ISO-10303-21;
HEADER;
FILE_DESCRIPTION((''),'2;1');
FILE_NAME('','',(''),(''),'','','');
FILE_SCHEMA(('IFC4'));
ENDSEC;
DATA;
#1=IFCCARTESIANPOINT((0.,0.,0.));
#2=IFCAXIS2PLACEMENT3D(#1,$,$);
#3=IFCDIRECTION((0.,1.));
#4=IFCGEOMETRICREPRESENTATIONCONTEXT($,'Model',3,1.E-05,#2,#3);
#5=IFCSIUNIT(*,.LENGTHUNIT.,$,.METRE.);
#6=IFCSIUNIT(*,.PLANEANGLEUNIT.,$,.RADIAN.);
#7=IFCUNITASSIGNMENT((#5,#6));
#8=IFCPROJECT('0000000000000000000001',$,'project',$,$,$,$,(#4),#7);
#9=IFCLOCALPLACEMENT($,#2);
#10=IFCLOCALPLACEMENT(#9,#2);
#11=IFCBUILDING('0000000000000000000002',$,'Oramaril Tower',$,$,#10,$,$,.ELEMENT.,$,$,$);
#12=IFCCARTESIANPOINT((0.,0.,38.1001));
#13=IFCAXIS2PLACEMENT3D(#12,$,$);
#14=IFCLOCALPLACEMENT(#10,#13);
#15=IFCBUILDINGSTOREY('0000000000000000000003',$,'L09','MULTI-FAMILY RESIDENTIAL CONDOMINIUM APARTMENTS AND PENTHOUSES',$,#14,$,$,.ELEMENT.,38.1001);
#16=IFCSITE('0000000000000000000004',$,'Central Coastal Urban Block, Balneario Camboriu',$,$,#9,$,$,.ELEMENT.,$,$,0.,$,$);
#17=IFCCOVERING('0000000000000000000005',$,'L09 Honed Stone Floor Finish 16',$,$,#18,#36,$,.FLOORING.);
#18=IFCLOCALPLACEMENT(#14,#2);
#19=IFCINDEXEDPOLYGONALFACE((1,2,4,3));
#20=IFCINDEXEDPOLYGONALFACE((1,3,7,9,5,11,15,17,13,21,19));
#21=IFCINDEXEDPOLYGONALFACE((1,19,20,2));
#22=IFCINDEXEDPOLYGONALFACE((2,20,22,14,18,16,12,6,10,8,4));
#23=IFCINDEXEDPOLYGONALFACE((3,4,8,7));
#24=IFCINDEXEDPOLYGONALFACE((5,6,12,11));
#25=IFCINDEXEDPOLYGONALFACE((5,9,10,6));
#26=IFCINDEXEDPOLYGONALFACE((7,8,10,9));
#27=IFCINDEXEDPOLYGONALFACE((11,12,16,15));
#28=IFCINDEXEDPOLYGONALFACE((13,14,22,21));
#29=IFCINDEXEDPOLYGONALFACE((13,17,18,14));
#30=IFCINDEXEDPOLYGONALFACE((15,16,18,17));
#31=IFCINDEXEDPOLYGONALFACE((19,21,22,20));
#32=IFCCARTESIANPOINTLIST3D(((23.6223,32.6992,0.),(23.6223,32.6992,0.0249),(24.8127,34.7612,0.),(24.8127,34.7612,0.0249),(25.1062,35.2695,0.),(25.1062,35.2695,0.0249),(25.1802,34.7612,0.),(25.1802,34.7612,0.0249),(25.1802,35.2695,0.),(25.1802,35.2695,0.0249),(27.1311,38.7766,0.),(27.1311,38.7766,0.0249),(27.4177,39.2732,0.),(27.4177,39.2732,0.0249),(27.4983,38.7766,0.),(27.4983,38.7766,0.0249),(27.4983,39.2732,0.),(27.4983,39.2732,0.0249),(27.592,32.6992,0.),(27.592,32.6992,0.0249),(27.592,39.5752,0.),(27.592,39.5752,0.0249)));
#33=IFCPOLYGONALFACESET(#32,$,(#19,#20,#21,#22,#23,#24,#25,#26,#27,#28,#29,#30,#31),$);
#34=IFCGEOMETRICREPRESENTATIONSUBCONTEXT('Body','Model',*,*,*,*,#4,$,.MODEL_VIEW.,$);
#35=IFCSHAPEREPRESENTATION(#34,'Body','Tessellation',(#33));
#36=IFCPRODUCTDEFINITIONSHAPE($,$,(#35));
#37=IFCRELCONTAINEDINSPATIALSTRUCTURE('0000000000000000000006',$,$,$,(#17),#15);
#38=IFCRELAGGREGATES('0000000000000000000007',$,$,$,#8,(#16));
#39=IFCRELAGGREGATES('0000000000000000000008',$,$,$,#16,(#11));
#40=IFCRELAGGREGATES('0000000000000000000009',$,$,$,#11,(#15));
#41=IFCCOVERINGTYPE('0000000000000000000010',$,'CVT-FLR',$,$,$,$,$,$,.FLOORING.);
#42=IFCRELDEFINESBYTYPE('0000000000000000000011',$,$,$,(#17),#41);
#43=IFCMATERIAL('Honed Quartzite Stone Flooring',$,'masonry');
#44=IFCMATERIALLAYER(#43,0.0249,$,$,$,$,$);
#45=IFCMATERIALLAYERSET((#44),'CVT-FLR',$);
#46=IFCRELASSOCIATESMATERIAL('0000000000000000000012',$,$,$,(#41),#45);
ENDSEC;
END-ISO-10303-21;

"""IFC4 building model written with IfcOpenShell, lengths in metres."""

from ifc_helpers import new_model, si_unit, direction, frame, origin, place, context, subcontext, project, spatial, polyline, outline, extrude, material, layer, layer_set, type_object, element, save


model = new_model("IFC4")

# Units and contexts
model_context = context("Model", 3, precision=1e-05, world=origin(), true_north=direction((0.0, 1.0)))
body_context = subcontext(model_context, "Body", "Model", "MODEL_VIEW")
ifc_project = project(units=[si_unit("LENGTHUNIT", "METRE"), si_unit("PLANEANGLEUNIT", "RADIAN")], contexts=[model_context])

# Site, building, storey
site_placement = place(None, origin())
site = spatial("IfcSite", under=ifc_project, at=site_placement, Name="Central Coastal Urban Block, Balneario Camboriu", CompositionType="ELEMENT", RefElevation=0.0)
building_placement = place(site_placement, origin())
building = spatial("IfcBuilding", under=site, at=building_placement, Name="Oramaril Tower", CompositionType="ELEMENT")
storey_placement = place(building_placement, frame((0.0, 0.0, 38.1001)))
storey = spatial("IfcBuildingStorey", under=building, at=storey_placement, Name="L09", Description="MULTI-FAMILY RESIDENTIAL CONDOMINIUM APARTMENTS AND PENTHOUSES", CompositionType="ELEMENT", Elevation=38.1001)

# Covering
ifc_material_1 = material(Name="Honed Quartzite Stone Flooring", Category="masonry")
ifc_layer_1 = layer(ifc_material_1, 0.0249)
ifc_layer_set_1 = layer_set([ifc_layer_1], Name="CVT-FLR")
covering_type_1 = type_object("IfcCoveringType", Name="CVT-FLR", PredefinedType="FLOORING", material=ifc_layer_set_1)
covering_1_placement = place(storey_placement, origin())
element("IfcCovering", 1, at=covering_1_placement, inside=storey, type_object=covering_type_1, Name="L09 Honed Stone Floor Finish 16", PredefinedType="FLOORING", context=body_context, shape_type="SweptSolid", body=[
    extrude(outline(polyline([(24.8127, 34.7612), (25.1802, 34.7612), (25.1802, 35.2695), (25.1062, 35.2695), (27.1311, 38.7766), (27.4983, 38.7766), (27.4983, 39.2732), (27.4177, 39.2732), (27.592, 39.5752), (27.592, 32.6992), (23.6223, 32.6992), (24.8127, 34.7612)])), origin(), (0.0, 0.0, 1.0), 0.0249),
])

save(model, "model.ifc")
